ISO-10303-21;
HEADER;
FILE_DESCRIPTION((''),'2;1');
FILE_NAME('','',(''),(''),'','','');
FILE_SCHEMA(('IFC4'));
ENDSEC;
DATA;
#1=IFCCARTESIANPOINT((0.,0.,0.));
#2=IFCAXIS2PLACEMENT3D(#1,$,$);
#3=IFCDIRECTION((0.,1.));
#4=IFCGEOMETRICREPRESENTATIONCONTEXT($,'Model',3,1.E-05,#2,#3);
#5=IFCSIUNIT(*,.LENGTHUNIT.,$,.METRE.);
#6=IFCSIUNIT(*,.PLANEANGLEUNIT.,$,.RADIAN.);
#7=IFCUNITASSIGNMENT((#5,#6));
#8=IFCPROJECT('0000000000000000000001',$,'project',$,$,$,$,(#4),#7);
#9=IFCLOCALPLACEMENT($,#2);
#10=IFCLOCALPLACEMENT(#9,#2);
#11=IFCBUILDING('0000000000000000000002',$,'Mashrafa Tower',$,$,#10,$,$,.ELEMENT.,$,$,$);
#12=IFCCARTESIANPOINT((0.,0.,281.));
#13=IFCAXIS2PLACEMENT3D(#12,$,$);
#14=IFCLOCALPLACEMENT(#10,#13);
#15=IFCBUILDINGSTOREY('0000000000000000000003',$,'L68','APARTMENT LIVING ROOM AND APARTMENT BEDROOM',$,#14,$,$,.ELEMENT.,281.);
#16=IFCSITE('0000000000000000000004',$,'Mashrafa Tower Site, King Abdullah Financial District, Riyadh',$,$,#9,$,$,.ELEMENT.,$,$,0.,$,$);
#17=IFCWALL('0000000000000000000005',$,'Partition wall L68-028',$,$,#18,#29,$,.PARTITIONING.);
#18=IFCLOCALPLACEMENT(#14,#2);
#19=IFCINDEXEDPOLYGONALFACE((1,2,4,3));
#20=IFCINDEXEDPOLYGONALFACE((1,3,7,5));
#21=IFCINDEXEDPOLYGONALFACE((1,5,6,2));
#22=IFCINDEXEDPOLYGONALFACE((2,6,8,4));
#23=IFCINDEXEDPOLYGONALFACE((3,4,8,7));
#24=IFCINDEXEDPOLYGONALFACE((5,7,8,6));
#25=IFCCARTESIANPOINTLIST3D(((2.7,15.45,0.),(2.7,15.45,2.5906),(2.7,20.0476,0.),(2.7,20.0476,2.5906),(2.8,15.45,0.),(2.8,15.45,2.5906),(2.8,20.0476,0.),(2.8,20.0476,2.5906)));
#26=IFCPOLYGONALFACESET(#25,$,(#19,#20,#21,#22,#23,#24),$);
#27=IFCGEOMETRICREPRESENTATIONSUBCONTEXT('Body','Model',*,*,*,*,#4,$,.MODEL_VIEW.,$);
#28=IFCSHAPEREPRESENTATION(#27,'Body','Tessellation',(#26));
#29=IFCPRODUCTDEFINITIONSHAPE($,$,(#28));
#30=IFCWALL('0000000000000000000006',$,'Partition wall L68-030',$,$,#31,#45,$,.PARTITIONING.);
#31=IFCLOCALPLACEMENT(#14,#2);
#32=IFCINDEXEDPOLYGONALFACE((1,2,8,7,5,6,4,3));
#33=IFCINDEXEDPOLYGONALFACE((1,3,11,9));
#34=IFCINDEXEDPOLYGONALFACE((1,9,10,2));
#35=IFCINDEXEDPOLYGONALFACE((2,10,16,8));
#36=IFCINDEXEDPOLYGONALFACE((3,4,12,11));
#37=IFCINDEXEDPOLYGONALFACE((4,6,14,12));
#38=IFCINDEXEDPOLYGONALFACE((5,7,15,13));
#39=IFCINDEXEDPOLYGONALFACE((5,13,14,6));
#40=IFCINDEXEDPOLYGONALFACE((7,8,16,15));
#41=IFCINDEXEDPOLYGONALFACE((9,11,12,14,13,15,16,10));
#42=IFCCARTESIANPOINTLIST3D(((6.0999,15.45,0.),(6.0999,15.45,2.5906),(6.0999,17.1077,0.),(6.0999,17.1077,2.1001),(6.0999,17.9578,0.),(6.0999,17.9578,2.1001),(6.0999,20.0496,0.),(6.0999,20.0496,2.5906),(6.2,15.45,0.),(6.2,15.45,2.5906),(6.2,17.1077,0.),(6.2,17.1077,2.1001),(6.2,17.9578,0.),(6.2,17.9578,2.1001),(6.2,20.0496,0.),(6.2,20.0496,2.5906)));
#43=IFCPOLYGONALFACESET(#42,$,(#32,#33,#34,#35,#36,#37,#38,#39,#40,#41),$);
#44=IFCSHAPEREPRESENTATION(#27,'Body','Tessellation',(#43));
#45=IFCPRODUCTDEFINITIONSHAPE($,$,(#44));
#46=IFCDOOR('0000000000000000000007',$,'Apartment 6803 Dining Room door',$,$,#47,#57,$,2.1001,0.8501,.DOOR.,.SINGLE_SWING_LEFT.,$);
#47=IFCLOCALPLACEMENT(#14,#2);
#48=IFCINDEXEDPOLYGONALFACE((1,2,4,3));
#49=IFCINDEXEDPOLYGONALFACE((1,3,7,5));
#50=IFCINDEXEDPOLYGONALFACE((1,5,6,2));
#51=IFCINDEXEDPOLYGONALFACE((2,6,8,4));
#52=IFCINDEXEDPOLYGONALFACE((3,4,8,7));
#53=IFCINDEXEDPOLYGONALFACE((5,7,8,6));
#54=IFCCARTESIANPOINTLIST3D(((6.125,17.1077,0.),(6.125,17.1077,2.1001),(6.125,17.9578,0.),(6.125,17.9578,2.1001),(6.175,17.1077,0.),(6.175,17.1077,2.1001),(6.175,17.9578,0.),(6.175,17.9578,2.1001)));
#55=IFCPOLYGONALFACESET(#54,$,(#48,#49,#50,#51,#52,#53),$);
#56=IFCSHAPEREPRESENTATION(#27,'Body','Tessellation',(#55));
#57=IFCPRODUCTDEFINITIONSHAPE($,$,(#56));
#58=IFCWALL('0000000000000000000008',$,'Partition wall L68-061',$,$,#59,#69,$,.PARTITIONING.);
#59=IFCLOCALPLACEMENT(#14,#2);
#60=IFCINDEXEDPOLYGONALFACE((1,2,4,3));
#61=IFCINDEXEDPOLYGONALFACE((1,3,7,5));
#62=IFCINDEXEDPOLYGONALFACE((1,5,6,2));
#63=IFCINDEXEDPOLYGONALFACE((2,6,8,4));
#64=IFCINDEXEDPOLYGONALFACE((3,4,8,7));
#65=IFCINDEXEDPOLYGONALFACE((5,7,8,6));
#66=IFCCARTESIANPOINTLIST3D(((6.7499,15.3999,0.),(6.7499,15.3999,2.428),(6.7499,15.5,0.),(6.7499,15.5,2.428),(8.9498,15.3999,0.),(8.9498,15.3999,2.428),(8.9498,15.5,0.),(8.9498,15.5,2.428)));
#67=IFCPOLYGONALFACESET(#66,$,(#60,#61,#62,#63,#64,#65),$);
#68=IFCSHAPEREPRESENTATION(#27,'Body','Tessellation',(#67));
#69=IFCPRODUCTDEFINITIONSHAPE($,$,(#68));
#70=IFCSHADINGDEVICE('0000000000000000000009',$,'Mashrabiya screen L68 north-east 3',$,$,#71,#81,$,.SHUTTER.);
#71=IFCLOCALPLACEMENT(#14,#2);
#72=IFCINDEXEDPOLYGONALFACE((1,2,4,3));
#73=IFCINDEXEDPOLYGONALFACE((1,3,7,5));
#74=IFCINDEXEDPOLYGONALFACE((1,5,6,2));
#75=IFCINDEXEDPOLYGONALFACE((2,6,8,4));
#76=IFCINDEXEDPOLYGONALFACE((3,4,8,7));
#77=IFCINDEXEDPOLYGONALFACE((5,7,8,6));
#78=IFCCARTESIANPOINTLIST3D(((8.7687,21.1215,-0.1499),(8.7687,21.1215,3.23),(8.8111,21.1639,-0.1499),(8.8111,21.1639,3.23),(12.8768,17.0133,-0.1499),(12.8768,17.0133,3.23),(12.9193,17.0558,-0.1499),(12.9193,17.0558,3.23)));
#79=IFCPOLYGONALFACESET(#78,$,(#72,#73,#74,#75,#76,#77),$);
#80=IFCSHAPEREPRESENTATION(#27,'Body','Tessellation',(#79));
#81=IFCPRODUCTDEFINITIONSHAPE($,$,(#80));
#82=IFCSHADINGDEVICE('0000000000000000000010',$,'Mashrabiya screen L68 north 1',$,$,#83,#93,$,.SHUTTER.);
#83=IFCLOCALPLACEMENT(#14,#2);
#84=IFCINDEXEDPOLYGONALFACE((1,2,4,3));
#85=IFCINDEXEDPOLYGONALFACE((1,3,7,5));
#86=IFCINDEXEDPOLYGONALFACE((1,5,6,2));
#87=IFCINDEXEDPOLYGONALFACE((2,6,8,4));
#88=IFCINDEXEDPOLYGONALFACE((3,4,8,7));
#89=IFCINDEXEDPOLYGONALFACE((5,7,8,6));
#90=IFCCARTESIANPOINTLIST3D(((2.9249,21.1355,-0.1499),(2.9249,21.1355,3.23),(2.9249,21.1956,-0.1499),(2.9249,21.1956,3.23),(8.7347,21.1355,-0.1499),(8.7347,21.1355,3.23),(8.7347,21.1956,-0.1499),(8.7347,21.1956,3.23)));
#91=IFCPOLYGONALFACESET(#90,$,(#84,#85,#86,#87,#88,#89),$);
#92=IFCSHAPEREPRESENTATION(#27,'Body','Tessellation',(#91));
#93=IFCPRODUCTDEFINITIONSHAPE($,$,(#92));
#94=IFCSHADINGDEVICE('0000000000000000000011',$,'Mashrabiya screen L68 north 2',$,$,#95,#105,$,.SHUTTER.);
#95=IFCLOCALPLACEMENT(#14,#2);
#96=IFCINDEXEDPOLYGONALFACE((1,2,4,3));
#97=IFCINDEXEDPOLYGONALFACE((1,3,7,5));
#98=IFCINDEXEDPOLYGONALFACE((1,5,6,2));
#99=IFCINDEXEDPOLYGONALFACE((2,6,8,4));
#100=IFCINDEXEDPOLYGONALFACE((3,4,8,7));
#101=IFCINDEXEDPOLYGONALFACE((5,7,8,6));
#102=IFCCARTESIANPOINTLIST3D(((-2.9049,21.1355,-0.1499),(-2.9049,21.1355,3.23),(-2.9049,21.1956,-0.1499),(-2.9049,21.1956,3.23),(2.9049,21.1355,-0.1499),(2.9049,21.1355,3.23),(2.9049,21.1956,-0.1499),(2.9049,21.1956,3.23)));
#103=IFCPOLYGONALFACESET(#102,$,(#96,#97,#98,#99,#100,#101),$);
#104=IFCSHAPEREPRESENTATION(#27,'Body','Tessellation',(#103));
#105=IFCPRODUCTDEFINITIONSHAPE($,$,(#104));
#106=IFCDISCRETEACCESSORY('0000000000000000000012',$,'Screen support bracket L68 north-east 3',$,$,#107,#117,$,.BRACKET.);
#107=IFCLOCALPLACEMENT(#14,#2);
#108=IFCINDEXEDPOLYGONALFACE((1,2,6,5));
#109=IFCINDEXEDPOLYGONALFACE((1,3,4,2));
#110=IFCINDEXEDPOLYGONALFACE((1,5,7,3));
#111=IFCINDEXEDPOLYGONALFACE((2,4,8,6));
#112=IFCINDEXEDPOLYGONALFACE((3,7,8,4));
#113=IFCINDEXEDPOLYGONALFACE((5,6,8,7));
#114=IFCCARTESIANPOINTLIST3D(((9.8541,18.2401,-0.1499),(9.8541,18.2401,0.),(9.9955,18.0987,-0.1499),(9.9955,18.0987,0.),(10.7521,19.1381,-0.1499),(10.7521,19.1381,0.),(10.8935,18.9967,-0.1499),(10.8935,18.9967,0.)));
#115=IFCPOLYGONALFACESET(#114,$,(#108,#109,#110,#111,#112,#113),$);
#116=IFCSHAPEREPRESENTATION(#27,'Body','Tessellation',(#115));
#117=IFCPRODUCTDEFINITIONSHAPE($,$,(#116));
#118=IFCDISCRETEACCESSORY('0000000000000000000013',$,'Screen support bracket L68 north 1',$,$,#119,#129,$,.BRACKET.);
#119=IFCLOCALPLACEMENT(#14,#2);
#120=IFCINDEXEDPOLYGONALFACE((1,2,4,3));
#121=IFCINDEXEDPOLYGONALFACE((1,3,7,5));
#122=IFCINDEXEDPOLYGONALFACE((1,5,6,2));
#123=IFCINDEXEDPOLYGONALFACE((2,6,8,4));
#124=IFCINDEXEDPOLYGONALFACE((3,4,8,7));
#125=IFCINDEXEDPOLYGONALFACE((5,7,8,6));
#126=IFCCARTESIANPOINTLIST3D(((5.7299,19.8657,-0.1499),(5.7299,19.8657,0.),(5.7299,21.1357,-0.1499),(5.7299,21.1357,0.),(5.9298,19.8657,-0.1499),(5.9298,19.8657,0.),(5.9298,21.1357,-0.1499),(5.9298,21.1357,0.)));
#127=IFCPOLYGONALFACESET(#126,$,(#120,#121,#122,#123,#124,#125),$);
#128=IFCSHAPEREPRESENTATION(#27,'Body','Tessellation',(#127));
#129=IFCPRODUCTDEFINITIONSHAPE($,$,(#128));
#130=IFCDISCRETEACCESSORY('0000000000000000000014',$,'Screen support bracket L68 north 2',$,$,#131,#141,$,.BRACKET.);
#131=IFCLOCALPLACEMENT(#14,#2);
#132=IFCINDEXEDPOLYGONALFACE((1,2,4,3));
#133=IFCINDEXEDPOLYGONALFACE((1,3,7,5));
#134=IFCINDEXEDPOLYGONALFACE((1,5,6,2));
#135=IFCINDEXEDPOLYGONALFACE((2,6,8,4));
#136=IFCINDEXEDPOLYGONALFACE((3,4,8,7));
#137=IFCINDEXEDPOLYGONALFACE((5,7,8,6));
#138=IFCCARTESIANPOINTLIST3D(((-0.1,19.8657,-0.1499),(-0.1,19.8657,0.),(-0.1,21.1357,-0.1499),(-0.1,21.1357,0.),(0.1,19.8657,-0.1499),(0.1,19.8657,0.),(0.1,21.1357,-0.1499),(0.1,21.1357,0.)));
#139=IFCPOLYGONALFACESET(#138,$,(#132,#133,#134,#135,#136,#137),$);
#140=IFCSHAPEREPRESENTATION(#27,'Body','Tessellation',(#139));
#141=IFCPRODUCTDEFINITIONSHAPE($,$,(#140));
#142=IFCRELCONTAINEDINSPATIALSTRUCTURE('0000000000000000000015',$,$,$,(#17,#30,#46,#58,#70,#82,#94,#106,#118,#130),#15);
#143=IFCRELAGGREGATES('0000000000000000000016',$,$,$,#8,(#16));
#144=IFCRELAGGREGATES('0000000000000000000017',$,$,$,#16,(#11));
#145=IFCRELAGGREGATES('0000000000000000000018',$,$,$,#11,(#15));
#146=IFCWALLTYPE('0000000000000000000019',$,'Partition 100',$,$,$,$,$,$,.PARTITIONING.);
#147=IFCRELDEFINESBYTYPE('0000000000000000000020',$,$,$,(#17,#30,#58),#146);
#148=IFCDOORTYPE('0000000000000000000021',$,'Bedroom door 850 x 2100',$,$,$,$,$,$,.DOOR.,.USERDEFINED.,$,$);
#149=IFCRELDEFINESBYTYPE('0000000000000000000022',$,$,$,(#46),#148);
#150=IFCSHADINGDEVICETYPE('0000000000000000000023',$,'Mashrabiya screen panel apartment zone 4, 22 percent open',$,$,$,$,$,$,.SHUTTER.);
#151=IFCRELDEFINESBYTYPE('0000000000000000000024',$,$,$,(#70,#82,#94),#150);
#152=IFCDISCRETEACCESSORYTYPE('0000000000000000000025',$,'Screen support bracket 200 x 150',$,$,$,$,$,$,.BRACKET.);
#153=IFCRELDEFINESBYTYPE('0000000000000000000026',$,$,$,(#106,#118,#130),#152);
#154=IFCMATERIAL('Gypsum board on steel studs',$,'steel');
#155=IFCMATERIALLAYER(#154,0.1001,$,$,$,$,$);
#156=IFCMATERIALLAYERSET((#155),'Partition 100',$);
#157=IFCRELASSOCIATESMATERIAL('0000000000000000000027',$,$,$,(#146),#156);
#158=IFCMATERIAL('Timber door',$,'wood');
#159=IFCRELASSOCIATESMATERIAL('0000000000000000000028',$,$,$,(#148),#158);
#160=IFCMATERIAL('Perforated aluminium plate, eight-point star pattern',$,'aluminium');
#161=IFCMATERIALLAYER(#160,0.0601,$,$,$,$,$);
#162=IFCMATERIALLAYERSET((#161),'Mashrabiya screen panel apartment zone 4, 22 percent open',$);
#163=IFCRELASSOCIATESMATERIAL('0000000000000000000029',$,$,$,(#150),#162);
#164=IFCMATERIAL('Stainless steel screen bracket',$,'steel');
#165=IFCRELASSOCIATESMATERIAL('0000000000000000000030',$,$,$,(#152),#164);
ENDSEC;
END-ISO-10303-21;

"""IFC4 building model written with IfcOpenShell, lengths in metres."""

from ifc_helpers import new_model, si_unit, direction, frame, frame_2d, origin, origin_2d, place, context, subcontext, project, spatial, rectangle, extrude, source, transform, mapped, material, layer, layer_set, type_object, type_shapes, element, fill, save


model = new_model("IFC4")

# Units and contexts
model_context = context("Model", 3, precision=1e-05, world=origin(), true_north=direction((0.0, 1.0)))
body_context = subcontext(model_context, "Body", "Model", "MODEL_VIEW")
ifc_project = project(units=[si_unit("LENGTHUNIT", "METRE"), si_unit("PLANEANGLEUNIT", "RADIAN")], contexts=[model_context])

# Site, building, storey
site_placement = place(None, origin())
site = spatial("IfcSite", under=ifc_project, at=site_placement, Name="Mashrafa Tower Site, King Abdullah Financial District, Riyadh", CompositionType="ELEMENT", RefElevation=0.0)
building_placement = place(site_placement, origin())
building = spatial("IfcBuilding", under=site, at=building_placement, Name="Mashrafa Tower", CompositionType="ELEMENT")
storey_placement = place(building_placement, frame((0.0, 0.0, 281.0)))
storey = spatial("IfcBuildingStorey", under=building, at=storey_placement, Name="L68", Description="APARTMENT LIVING ROOM AND APARTMENT BEDROOM", CompositionType="ELEMENT", Elevation=281.0)

# Wall
ifc_material_1 = material(Name="Gypsum board on steel studs", Category="steel")
ifc_layer_1 = layer(ifc_material_1, 0.1001)
ifc_layer_set_1 = layer_set([ifc_layer_1], Name="Partition 100")
wall_type = type_object("IfcWallType", Name="Partition 100", PredefinedType="PARTITIONING", material=ifc_layer_set_1)
wall_1_placement = place(storey_placement, frame((2.75, 20.0476, 0.0), z_axis=(0.0, 0.0, 1.0), x_axis=(0.0, -1.0, 0.0)))
element("IfcWall", 1, at=wall_1_placement, inside=storey, type_object=wall_type, Name="Partition wall L68-028", PredefinedType="PARTITIONING", context=body_context, shape_type="SweptSolid", body=[
    extrude(rectangle(XDim=4.5977, YDim=0.1001, at=frame_2d((2.2988, 0.0))), origin(), (0.0, 0.0, 1.0), 2.5906),
])

# Wall, opening, door
wall_2_placement = place(storey_placement, frame((6.1499, 15.45, 0.0), z_axis=(0.0, 0.0, 1.0), x_axis=(0.0, 1.0, 0.0)))
wall_2 = element("IfcWall", 2, at=wall_2_placement, inside=storey, type_object=wall_type, Name="Partition wall L68-030", PredefinedType="PARTITIONING", context=body_context, shape_type="SweptSolid", body=[
    extrude(rectangle(XDim=4.5996, YDim=0.1001, at=frame_2d((2.2998, 0.0))), origin(), (0.0, 0.0, 1.0), 2.5906),
])
opening_placement = place(wall_2_placement, frame((1.6577, 0.0, 0.0)))
opening = element("IfcOpeningElement", 3, at=opening_placement, cuts=wall_2, PredefinedType="OPENING", context=body_context, shape_type="SweptSolid", body=[
    extrude(rectangle(XDim=0.8501, YDim=2.1001, at=frame_2d((0.425, 1.05))), frame((0.0, 0.0601, 0.0), z_axis=(0.0, -1.0, 0.0), x_axis=(1.0, 0.0, 0.0)), (0.0, 0.0, 1.0), 0.1201),
])
ifc_material_2 = material(Name="Timber door", Category="wood")
door_type = type_object("IfcDoorType", Name="Bedroom door 850 x 2100", OperationType="USERDEFINED", PredefinedType="DOOR", material=ifc_material_2)
door_placement = place(opening_placement, origin())
door = element("IfcDoor", 4, at=door_placement, inside=storey, type_object=door_type, Name="Apartment 6803 Dining Room door", OperationType="SINGLE_SWING_LEFT", OverallHeight=2.1001, OverallWidth=0.8501, PredefinedType="DOOR", context=body_context, shape_type="SweptSolid", body=[
    extrude(rectangle(XDim=0.8501, YDim=2.1001, at=frame_2d((0.425, 1.05))), frame((0.0, 0.0249, 0.0), z_axis=(0.0, -1.0, 0.0), x_axis=(1.0, 0.0, 0.0)), (0.0, 0.0, 1.0), 0.05),
])
fill(opening, door)

# Wall
wall_3_placement = place(storey_placement, frame((8.95, 15.45, 0.0), z_axis=(0.0, 0.0, 1.0), x_axis=(-1.0, 0.0, 0.0)))
element("IfcWall", 5, at=wall_3_placement, inside=storey, type_object=wall_type, Name="Partition wall L68-061", PredefinedType="PARTITIONING", context=body_context, shape_type="SweptSolid", body=[
    extrude(rectangle(XDim=2.2, YDim=0.1001, at=frame_2d((1.1001, 0.0))), origin(), (0.0, 0.0, 1.0), 2.428),
])

# Shading devices
ifc_material_3 = material(Name="Perforated aluminium plate, eight-point star pattern", Category="aluminium")
ifc_layer_2 = layer(ifc_material_3, 0.0601)
ifc_layer_set_2 = layer_set([ifc_layer_2], Name="Mashrabiya screen panel apartment zone 4, 22 percent open")
shading_device_type = type_object("IfcShadingDeviceType", Name="Mashrabiya screen panel apartment zone 4, 22 percent open", PredefinedType="SHUTTER", material=ifc_layer_set_2)
shared_shape_1 = source(origin(), body_context, "Body", "SweptSolid", [
    extrude(rectangle(XDim=5.8098, YDim=0.0601, at=origin_2d()), origin(), (0.0, 0.0, 1.0), 3.3799),
])
type_shapes(shading_device_type, [shared_shape_1])
for number, where, z_axis, x_axis, name in (
    (6, (10.844, 19.0886, -0.1499), (0.0, 0.0, 1.0), (-0.707107, 0.707107, 0.0), "Mashrabiya screen L68 north-east 3"),
    (7, (5.8298, 21.1655, -0.1499), (0.0, 0.0, 1.0), (-1.0, 0.0, 0.0), "Mashrabiya screen L68 north 1"),
    (8, (0.0, 21.1655, -0.1499), (0.0, 0.0, 1.0), (-1.0, 0.0, 0.0), "Mashrabiya screen L68 north 2"),
):
    element("IfcShadingDevice", number, at=place(storey_placement, frame(where, z_axis=z_axis, x_axis=x_axis)), inside=storey, type_object=shading_device_type, Name=name, PredefinedType="SHUTTER", context=body_context, shape_type="MappedRepresentation", body=[
        mapped(shared_shape_1, transform((0.0, 0.0, 0.0))),
    ])

# Discrete accessories
ifc_material_4 = material(Name="Stainless steel screen bracket", Category="steel")
discrete_accessory_type = type_object("IfcDiscreteAccessoryType", Name="Screen support bracket 200 x 150", PredefinedType="BRACKET", material=ifc_material_4)
shared_shape_2 = source(origin(), body_context, "Body", "SweptSolid", [
    extrude(rectangle(XDim=0.2, YDim=1.27, at=origin_2d()), origin(), (0.0, 0.0, 1.0), 0.1499),
])
type_shapes(discrete_accessory_type, [shared_shape_2])
for number, where, z_axis, x_axis, name in (
    (9, (10.3738, 18.6184, -0.1499), (0.0, 0.0, 1.0), (-0.707107, 0.707107, 0.0), "Screen support bracket L68 north-east 3"),
    (10, (5.8298, 20.5007, -0.1499), (0.0, 0.0, 1.0), (-1.0, 0.0, 0.0), "Screen support bracket L68 north 1"),
    (11, (0.0, 20.5007, -0.1499), (0.0, 0.0, 1.0), (-1.0, 0.0, 0.0), "Screen support bracket L68 north 2"),
):
    element("IfcDiscreteAccessory", number, at=place(storey_placement, frame(where, z_axis=z_axis, x_axis=x_axis)), inside=storey, type_object=discrete_accessory_type, Name=name, PredefinedType="BRACKET", context=body_context, shape_type="MappedRepresentation", body=[
        mapped(shared_shape_2, transform((0.0, 0.0, 0.0))),
    ])

save(model, "model.ifc")
